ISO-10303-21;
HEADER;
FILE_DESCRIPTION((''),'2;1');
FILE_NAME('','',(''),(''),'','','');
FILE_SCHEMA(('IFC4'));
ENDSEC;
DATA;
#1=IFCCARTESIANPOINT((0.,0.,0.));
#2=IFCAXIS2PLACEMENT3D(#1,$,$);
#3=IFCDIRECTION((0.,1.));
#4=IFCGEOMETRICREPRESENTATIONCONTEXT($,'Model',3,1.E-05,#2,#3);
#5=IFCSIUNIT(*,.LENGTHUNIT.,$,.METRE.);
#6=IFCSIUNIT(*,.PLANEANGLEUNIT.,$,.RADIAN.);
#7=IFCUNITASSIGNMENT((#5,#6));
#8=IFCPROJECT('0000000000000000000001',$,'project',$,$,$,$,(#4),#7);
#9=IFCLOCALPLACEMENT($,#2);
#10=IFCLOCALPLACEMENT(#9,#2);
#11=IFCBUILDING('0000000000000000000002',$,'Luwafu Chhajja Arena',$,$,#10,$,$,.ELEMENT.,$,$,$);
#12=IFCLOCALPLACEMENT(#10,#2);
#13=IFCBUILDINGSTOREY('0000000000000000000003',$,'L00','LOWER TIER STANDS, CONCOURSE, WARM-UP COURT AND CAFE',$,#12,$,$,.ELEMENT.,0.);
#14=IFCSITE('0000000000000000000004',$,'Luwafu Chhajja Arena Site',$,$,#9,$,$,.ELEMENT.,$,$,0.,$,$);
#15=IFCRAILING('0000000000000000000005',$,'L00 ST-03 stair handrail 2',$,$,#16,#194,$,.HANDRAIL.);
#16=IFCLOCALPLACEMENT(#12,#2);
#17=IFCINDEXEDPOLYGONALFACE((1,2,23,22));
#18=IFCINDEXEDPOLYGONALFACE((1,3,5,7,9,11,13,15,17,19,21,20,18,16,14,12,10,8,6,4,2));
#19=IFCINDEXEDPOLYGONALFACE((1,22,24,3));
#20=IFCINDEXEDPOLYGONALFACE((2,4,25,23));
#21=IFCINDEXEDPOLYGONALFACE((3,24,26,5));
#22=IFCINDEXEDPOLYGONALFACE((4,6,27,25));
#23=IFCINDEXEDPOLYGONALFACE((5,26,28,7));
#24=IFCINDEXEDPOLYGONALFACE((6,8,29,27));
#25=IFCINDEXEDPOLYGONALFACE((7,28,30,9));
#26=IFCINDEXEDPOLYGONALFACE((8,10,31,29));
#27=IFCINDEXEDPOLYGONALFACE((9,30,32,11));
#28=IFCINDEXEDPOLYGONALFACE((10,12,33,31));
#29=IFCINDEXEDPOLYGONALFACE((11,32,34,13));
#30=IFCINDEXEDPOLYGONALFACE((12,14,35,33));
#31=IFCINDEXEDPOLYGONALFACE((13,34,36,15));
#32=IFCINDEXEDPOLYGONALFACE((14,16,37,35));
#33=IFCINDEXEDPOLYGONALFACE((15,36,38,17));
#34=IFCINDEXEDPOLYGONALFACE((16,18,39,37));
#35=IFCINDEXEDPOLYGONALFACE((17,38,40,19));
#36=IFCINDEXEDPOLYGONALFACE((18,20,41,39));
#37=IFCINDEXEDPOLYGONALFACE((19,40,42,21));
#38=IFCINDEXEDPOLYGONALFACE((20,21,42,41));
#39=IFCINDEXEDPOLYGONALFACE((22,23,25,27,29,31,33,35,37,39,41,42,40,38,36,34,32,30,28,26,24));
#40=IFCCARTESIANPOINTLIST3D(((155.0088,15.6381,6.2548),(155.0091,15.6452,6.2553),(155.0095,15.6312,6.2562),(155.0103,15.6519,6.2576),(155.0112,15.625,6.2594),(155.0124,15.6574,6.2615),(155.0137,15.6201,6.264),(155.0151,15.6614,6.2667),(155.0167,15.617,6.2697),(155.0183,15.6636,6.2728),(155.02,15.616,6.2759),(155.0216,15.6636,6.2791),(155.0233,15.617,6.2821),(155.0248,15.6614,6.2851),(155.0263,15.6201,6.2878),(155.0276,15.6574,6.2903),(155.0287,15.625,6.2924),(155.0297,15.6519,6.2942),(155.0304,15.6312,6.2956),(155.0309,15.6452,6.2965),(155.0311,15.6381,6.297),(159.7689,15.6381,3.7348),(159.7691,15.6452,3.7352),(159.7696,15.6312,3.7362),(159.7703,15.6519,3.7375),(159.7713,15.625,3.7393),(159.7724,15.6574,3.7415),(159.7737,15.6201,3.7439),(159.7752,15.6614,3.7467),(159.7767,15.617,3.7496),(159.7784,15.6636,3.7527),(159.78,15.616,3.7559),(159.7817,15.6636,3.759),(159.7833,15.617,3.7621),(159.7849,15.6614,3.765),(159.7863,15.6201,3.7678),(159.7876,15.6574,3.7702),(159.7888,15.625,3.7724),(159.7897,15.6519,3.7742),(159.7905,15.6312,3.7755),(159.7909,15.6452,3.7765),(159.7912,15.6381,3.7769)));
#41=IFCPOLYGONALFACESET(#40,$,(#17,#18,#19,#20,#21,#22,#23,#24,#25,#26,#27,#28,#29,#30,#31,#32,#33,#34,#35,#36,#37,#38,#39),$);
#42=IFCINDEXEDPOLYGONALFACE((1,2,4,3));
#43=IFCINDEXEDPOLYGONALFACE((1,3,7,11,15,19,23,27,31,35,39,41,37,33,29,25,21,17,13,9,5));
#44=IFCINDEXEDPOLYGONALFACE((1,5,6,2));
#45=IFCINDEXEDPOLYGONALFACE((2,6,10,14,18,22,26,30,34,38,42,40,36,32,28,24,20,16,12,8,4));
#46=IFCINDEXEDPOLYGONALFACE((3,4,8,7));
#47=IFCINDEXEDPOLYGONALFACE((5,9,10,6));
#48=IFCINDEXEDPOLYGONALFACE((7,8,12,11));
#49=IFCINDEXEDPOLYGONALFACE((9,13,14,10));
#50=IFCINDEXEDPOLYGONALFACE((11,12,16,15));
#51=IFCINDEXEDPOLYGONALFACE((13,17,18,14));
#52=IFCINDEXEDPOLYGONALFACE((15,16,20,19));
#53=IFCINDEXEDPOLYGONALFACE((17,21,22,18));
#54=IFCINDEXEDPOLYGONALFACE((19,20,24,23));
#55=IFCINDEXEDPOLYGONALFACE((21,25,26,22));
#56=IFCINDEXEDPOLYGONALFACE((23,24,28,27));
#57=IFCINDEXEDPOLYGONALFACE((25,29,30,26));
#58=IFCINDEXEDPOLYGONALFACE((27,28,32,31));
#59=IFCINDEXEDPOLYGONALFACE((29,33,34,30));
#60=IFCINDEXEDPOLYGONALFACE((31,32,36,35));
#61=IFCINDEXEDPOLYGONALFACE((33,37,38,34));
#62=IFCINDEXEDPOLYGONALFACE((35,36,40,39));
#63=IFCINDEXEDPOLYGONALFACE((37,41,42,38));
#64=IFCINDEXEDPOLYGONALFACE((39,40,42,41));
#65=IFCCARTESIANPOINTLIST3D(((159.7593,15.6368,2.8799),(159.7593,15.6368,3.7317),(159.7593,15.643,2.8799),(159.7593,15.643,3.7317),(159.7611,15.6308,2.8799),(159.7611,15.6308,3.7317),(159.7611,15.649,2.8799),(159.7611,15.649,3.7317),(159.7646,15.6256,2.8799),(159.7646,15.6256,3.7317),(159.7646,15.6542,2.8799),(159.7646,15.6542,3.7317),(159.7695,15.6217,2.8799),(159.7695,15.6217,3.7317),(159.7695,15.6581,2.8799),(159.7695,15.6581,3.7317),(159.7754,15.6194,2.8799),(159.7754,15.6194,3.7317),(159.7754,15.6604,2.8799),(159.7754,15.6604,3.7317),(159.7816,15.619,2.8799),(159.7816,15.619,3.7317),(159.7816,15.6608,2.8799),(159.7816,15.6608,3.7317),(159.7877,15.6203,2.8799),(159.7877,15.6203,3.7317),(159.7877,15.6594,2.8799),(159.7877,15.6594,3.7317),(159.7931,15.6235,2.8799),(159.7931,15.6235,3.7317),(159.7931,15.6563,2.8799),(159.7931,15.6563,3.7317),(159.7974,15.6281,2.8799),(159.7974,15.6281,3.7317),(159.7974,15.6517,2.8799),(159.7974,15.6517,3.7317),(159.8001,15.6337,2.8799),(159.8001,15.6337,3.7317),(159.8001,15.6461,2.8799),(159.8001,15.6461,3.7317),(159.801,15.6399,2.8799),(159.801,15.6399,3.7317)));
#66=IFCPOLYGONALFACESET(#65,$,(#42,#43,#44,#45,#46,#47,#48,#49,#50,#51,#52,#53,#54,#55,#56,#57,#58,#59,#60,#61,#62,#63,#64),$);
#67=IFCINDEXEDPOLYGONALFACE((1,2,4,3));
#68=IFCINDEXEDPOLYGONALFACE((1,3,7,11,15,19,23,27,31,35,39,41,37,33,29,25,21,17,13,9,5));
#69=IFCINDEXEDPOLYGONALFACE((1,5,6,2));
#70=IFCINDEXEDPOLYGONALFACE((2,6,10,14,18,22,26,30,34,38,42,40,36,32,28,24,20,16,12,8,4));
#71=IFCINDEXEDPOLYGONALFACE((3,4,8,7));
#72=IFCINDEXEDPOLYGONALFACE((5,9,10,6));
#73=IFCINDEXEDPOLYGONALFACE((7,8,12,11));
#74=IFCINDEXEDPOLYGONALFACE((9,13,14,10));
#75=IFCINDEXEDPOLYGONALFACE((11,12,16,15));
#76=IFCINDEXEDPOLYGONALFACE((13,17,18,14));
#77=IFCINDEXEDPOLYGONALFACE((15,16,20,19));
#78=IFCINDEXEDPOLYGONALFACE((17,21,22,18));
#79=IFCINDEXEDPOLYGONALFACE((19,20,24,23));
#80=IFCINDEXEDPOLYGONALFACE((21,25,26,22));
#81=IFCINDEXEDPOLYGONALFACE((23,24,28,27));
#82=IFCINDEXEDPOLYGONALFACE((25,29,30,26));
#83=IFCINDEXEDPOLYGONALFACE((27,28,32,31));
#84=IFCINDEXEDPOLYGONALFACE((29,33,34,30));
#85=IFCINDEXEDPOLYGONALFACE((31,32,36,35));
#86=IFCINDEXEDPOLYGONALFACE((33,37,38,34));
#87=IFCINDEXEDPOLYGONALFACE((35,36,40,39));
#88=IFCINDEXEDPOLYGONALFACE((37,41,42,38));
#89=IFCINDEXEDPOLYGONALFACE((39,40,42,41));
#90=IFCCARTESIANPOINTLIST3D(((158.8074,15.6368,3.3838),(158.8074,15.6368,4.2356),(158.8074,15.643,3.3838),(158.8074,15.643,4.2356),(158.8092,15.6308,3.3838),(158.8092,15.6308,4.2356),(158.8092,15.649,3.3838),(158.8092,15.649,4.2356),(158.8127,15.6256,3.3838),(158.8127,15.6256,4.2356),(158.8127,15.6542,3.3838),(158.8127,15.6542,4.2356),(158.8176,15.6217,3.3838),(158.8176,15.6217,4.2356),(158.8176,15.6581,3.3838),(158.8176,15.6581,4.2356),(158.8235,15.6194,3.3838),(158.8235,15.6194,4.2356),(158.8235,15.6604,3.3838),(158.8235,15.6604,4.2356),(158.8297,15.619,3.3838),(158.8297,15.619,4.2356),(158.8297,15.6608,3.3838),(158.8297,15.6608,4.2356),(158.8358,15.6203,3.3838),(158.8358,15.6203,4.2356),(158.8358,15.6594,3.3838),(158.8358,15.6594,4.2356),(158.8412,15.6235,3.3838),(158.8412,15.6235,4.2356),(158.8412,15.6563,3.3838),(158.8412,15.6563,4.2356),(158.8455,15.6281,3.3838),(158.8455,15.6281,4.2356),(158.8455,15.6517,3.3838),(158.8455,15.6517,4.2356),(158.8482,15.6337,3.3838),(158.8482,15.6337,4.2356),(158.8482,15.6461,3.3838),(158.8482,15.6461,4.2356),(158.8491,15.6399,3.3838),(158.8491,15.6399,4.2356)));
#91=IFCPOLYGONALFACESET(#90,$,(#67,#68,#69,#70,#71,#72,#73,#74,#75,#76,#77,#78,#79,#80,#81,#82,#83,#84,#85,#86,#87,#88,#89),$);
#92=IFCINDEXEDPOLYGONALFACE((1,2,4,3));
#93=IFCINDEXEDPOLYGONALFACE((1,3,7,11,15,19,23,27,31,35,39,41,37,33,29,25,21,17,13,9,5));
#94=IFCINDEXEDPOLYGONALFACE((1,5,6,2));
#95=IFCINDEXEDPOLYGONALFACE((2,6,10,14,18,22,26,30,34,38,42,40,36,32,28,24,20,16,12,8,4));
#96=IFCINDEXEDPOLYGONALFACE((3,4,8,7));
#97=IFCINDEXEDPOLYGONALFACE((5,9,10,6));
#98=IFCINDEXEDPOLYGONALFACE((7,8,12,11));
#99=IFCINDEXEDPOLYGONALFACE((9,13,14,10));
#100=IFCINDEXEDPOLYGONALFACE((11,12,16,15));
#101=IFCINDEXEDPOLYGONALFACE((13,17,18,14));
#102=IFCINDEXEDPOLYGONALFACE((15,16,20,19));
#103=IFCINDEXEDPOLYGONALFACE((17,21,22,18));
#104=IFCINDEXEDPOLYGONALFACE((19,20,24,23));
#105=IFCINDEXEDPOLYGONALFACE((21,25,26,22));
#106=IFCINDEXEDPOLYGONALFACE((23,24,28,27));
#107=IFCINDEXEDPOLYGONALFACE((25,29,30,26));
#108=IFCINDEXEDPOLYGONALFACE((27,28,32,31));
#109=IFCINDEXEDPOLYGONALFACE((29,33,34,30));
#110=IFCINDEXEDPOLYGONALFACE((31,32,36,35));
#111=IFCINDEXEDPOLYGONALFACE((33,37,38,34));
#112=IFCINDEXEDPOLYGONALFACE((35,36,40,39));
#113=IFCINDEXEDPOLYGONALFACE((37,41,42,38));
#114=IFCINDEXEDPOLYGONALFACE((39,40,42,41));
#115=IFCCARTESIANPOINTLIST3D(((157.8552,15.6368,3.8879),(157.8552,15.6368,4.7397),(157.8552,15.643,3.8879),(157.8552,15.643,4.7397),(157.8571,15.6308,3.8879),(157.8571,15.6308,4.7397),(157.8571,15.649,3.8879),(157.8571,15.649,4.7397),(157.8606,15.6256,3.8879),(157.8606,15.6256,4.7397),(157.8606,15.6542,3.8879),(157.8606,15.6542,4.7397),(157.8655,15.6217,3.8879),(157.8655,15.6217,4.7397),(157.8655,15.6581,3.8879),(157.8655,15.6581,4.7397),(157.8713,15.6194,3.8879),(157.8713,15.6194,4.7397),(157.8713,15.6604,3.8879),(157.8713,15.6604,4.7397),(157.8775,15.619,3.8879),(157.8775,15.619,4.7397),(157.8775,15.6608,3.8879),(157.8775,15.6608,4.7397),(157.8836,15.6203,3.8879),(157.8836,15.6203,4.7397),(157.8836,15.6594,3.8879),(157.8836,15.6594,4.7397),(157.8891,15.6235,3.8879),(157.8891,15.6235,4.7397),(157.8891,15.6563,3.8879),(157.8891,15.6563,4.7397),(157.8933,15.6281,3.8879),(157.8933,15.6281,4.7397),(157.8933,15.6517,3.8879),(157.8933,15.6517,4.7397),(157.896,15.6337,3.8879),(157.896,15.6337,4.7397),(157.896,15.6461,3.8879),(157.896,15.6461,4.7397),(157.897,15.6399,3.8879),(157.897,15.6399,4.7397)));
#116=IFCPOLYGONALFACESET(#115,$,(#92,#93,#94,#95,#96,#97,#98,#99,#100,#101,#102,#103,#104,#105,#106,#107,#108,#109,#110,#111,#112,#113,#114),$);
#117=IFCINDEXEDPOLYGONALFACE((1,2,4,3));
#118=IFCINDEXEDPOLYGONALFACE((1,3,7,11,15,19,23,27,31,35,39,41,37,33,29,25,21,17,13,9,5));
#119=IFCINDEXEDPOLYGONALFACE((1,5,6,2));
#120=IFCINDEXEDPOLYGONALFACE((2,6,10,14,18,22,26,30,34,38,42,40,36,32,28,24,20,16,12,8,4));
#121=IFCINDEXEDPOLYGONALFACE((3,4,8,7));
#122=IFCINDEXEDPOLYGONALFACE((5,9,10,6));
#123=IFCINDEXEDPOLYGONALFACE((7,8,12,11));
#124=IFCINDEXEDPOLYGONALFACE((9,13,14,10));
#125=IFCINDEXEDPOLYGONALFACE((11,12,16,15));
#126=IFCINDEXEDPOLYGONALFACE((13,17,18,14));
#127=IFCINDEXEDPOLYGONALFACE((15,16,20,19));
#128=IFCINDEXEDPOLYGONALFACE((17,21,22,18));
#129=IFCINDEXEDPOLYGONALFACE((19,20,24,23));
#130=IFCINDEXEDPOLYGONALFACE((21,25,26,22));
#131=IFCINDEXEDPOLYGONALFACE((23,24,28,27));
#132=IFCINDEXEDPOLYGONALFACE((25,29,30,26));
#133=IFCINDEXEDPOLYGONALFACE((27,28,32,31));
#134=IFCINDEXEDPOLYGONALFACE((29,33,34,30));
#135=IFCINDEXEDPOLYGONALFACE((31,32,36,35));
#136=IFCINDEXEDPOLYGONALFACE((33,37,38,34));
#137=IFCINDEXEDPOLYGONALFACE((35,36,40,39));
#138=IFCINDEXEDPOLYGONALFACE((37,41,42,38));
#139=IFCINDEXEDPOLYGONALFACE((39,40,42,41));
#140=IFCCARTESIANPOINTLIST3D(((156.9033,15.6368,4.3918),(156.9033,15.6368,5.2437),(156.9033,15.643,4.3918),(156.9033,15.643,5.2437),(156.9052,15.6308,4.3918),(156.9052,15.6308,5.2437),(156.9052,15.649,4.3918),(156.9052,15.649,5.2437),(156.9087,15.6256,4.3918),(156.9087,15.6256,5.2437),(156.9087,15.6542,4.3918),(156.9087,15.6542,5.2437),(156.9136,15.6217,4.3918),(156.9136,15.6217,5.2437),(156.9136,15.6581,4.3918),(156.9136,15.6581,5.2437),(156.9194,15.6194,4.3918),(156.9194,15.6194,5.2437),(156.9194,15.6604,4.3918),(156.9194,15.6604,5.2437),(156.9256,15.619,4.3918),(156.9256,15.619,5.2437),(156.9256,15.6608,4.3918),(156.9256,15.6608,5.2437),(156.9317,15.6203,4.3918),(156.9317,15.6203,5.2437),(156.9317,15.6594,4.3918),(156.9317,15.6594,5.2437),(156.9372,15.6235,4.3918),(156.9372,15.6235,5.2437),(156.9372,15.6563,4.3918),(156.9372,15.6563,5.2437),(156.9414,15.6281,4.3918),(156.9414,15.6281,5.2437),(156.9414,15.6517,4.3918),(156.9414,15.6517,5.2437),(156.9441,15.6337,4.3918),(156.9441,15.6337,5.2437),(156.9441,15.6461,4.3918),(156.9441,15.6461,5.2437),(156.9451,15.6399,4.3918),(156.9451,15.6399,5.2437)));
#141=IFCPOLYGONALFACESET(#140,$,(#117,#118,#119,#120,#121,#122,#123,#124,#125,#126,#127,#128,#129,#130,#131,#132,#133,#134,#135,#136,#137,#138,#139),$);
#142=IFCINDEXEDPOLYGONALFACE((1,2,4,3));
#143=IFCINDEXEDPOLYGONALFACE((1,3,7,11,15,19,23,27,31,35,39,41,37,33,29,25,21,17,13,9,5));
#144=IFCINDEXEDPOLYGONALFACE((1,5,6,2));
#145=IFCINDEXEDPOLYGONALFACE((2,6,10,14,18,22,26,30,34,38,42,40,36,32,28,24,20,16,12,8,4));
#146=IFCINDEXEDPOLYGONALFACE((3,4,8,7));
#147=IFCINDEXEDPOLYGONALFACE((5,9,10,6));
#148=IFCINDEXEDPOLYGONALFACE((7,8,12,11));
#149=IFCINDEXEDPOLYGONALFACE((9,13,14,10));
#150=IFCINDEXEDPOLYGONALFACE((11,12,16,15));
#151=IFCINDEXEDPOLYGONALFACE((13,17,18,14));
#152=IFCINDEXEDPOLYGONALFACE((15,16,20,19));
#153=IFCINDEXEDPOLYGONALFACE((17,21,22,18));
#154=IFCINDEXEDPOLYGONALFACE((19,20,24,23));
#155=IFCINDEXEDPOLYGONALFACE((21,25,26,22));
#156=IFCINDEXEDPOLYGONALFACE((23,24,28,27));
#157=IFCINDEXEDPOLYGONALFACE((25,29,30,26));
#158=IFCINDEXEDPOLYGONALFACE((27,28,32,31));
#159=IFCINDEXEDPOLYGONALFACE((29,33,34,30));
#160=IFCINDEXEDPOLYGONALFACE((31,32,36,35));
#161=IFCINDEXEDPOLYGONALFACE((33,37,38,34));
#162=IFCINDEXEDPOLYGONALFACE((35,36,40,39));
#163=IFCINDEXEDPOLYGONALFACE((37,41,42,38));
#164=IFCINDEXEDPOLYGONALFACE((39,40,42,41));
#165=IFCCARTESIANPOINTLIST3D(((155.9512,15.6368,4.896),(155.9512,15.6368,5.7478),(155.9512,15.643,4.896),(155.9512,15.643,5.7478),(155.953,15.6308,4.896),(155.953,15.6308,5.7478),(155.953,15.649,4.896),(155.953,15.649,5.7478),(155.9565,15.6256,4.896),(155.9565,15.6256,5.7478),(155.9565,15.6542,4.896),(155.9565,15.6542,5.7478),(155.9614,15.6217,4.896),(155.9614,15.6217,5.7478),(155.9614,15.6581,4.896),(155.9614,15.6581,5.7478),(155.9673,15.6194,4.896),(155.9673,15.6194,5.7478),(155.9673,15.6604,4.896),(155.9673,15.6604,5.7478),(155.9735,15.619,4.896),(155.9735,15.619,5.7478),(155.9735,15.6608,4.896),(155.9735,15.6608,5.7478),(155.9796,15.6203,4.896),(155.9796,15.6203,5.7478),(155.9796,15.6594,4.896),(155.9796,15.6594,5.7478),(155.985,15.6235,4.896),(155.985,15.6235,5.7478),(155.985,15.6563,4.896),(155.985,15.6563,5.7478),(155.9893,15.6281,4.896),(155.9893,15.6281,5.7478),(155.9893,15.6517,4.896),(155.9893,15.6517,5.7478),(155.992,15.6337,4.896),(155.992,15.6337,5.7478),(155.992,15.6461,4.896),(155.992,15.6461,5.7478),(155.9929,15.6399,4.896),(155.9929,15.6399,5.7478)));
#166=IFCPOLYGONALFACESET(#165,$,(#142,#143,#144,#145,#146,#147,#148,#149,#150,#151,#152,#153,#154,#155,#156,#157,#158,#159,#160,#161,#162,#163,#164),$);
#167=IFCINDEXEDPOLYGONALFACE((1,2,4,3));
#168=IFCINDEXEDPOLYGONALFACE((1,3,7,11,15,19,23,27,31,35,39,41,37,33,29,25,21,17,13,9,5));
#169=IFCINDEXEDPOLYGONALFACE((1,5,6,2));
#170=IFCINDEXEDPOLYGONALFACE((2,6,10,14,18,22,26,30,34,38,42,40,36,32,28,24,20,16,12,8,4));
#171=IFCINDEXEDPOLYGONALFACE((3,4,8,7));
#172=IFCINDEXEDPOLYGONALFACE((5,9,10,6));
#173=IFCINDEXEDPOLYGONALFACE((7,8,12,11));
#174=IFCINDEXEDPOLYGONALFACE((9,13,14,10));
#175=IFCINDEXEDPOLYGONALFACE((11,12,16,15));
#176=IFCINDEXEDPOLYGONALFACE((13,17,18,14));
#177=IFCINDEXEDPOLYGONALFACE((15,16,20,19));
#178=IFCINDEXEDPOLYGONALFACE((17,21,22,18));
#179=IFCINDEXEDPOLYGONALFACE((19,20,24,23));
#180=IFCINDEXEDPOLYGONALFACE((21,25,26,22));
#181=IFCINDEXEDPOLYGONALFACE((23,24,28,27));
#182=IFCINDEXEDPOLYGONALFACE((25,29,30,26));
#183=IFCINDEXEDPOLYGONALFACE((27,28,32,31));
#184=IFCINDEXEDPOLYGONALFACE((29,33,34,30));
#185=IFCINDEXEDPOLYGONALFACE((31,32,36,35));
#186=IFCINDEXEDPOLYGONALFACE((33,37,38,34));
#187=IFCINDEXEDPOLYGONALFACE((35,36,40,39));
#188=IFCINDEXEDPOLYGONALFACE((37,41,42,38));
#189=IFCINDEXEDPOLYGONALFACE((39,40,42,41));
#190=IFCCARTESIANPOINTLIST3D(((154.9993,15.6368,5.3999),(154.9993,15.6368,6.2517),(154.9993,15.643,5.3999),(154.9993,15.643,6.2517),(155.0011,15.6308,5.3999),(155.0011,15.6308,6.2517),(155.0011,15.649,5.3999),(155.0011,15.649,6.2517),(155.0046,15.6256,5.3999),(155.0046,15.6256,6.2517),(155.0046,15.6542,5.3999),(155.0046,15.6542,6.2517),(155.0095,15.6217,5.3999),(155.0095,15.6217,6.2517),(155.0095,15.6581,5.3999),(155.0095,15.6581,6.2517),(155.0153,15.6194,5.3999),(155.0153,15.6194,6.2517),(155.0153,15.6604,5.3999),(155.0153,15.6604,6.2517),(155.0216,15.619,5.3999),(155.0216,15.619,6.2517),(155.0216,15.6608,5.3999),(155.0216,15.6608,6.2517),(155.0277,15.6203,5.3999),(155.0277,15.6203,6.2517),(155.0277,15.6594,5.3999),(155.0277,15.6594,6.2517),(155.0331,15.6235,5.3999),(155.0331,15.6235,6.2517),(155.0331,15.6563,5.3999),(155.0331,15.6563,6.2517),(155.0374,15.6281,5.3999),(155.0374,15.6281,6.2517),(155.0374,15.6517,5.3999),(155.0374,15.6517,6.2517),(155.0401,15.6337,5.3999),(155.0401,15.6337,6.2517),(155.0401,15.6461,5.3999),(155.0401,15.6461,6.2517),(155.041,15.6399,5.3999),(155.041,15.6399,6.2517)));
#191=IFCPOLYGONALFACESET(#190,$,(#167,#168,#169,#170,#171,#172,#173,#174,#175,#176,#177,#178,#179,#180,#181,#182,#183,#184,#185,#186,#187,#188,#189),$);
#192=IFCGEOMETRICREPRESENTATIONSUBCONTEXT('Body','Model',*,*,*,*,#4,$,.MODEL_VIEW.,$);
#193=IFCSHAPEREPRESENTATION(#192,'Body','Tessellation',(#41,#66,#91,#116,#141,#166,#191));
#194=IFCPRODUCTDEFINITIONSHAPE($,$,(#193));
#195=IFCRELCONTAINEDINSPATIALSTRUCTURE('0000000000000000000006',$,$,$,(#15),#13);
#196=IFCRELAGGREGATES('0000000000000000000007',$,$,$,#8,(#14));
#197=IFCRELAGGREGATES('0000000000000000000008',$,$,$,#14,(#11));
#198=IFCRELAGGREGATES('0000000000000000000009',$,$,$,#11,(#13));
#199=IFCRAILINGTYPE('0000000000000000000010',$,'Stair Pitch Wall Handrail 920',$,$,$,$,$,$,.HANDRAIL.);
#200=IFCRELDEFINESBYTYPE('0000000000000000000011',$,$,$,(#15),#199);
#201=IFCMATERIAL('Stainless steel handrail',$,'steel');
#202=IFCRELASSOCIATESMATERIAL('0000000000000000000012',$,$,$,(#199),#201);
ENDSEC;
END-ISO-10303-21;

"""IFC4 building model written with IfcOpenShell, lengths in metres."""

from ifc_helpers import new_model, si_unit, direction, frame, origin, origin_2d, place, context, subcontext, project, spatial, circle, extrude, material, type_object, element, save


model = new_model("IFC4")

# Units and contexts
model_context = context("Model", 3, precision=1e-05, world=origin(), true_north=direction((0.0, 1.0)))
body_context = subcontext(model_context, "Body", "Model", "MODEL_VIEW")
ifc_project = project(units=[si_unit("LENGTHUNIT", "METRE"), si_unit("PLANEANGLEUNIT", "RADIAN")], contexts=[model_context])

# Site, building, storey
site_placement = place(None, origin())
site = spatial("IfcSite", under=ifc_project, at=site_placement, Name="Luwafu Chhajja Arena Site", CompositionType="ELEMENT", RefElevation=0.0)
building_placement = place(site_placement, origin())
building = spatial("IfcBuilding", under=site, at=building_placement, Name="Luwafu Chhajja Arena", CompositionType="ELEMENT")
storey_placement = place(building_placement, origin())
storey = spatial("IfcBuildingStorey", under=building, at=storey_placement, Name="L00", Description="LOWER TIER STANDS, CONCOURSE, WARM-UP COURT AND CAFE", CompositionType="ELEMENT", Elevation=0.0)

# Railing
ifc_material_1 = material(Name="Stainless steel handrail", Category="steel")
railing_type_1 = type_object("IfcRailingType", Name="Stair Pitch Wall Handrail 920", PredefinedType="HANDRAIL", material=ifc_material_1)
railing_1_placement = place(storey_placement, frame((159.78, 15.6399, 2.8799)))
element("IfcRailing", 1, at=railing_1_placement, inside=storey, type_object=railing_type_1, Name="L00 ST-03 stair handrail 2", PredefinedType="HANDRAIL", context=body_context, shape_type="SweptSolid", body=[
    extrude(circle(Radius=0.0239, at=origin_2d()), frame((0.0, 0.0, 0.876), z_axis=(-0.883787, 0.0, 0.46789), x_axis=(0.0, -1.0, 0.0)), (0.0, 0.0, 1.0), 5.386),
    extrude(circle(Radius=0.021, at=origin_2d()), origin(), (0.0, 0.0, 1.0), 0.8518),
    extrude(circle(Radius=0.021, at=origin_2d()), frame((-0.9519, 0.0, 0.5039)), (0.0, 0.0, 1.0), 0.8518),
    extrude(circle(Radius=0.021, at=origin_2d()), frame((-1.9041, 0.0, 1.0081)), (0.0, 0.0, 1.0), 0.8518),
    extrude(circle(Radius=0.021, at=origin_2d()), frame((-2.856, 0.0, 1.512)), (0.0, 0.0, 1.0), 0.8518),
    extrude(circle(Radius=0.021, at=origin_2d()), frame((-3.8081, 0.0, 2.0161)), (0.0, 0.0, 1.0), 0.8518),
    extrude(circle(Radius=0.021, at=origin_2d()), frame((-4.76, 0.0, 2.52)), (0.0, 0.0, 1.0), 0.8518),
])

save(model, "model.ifc")
